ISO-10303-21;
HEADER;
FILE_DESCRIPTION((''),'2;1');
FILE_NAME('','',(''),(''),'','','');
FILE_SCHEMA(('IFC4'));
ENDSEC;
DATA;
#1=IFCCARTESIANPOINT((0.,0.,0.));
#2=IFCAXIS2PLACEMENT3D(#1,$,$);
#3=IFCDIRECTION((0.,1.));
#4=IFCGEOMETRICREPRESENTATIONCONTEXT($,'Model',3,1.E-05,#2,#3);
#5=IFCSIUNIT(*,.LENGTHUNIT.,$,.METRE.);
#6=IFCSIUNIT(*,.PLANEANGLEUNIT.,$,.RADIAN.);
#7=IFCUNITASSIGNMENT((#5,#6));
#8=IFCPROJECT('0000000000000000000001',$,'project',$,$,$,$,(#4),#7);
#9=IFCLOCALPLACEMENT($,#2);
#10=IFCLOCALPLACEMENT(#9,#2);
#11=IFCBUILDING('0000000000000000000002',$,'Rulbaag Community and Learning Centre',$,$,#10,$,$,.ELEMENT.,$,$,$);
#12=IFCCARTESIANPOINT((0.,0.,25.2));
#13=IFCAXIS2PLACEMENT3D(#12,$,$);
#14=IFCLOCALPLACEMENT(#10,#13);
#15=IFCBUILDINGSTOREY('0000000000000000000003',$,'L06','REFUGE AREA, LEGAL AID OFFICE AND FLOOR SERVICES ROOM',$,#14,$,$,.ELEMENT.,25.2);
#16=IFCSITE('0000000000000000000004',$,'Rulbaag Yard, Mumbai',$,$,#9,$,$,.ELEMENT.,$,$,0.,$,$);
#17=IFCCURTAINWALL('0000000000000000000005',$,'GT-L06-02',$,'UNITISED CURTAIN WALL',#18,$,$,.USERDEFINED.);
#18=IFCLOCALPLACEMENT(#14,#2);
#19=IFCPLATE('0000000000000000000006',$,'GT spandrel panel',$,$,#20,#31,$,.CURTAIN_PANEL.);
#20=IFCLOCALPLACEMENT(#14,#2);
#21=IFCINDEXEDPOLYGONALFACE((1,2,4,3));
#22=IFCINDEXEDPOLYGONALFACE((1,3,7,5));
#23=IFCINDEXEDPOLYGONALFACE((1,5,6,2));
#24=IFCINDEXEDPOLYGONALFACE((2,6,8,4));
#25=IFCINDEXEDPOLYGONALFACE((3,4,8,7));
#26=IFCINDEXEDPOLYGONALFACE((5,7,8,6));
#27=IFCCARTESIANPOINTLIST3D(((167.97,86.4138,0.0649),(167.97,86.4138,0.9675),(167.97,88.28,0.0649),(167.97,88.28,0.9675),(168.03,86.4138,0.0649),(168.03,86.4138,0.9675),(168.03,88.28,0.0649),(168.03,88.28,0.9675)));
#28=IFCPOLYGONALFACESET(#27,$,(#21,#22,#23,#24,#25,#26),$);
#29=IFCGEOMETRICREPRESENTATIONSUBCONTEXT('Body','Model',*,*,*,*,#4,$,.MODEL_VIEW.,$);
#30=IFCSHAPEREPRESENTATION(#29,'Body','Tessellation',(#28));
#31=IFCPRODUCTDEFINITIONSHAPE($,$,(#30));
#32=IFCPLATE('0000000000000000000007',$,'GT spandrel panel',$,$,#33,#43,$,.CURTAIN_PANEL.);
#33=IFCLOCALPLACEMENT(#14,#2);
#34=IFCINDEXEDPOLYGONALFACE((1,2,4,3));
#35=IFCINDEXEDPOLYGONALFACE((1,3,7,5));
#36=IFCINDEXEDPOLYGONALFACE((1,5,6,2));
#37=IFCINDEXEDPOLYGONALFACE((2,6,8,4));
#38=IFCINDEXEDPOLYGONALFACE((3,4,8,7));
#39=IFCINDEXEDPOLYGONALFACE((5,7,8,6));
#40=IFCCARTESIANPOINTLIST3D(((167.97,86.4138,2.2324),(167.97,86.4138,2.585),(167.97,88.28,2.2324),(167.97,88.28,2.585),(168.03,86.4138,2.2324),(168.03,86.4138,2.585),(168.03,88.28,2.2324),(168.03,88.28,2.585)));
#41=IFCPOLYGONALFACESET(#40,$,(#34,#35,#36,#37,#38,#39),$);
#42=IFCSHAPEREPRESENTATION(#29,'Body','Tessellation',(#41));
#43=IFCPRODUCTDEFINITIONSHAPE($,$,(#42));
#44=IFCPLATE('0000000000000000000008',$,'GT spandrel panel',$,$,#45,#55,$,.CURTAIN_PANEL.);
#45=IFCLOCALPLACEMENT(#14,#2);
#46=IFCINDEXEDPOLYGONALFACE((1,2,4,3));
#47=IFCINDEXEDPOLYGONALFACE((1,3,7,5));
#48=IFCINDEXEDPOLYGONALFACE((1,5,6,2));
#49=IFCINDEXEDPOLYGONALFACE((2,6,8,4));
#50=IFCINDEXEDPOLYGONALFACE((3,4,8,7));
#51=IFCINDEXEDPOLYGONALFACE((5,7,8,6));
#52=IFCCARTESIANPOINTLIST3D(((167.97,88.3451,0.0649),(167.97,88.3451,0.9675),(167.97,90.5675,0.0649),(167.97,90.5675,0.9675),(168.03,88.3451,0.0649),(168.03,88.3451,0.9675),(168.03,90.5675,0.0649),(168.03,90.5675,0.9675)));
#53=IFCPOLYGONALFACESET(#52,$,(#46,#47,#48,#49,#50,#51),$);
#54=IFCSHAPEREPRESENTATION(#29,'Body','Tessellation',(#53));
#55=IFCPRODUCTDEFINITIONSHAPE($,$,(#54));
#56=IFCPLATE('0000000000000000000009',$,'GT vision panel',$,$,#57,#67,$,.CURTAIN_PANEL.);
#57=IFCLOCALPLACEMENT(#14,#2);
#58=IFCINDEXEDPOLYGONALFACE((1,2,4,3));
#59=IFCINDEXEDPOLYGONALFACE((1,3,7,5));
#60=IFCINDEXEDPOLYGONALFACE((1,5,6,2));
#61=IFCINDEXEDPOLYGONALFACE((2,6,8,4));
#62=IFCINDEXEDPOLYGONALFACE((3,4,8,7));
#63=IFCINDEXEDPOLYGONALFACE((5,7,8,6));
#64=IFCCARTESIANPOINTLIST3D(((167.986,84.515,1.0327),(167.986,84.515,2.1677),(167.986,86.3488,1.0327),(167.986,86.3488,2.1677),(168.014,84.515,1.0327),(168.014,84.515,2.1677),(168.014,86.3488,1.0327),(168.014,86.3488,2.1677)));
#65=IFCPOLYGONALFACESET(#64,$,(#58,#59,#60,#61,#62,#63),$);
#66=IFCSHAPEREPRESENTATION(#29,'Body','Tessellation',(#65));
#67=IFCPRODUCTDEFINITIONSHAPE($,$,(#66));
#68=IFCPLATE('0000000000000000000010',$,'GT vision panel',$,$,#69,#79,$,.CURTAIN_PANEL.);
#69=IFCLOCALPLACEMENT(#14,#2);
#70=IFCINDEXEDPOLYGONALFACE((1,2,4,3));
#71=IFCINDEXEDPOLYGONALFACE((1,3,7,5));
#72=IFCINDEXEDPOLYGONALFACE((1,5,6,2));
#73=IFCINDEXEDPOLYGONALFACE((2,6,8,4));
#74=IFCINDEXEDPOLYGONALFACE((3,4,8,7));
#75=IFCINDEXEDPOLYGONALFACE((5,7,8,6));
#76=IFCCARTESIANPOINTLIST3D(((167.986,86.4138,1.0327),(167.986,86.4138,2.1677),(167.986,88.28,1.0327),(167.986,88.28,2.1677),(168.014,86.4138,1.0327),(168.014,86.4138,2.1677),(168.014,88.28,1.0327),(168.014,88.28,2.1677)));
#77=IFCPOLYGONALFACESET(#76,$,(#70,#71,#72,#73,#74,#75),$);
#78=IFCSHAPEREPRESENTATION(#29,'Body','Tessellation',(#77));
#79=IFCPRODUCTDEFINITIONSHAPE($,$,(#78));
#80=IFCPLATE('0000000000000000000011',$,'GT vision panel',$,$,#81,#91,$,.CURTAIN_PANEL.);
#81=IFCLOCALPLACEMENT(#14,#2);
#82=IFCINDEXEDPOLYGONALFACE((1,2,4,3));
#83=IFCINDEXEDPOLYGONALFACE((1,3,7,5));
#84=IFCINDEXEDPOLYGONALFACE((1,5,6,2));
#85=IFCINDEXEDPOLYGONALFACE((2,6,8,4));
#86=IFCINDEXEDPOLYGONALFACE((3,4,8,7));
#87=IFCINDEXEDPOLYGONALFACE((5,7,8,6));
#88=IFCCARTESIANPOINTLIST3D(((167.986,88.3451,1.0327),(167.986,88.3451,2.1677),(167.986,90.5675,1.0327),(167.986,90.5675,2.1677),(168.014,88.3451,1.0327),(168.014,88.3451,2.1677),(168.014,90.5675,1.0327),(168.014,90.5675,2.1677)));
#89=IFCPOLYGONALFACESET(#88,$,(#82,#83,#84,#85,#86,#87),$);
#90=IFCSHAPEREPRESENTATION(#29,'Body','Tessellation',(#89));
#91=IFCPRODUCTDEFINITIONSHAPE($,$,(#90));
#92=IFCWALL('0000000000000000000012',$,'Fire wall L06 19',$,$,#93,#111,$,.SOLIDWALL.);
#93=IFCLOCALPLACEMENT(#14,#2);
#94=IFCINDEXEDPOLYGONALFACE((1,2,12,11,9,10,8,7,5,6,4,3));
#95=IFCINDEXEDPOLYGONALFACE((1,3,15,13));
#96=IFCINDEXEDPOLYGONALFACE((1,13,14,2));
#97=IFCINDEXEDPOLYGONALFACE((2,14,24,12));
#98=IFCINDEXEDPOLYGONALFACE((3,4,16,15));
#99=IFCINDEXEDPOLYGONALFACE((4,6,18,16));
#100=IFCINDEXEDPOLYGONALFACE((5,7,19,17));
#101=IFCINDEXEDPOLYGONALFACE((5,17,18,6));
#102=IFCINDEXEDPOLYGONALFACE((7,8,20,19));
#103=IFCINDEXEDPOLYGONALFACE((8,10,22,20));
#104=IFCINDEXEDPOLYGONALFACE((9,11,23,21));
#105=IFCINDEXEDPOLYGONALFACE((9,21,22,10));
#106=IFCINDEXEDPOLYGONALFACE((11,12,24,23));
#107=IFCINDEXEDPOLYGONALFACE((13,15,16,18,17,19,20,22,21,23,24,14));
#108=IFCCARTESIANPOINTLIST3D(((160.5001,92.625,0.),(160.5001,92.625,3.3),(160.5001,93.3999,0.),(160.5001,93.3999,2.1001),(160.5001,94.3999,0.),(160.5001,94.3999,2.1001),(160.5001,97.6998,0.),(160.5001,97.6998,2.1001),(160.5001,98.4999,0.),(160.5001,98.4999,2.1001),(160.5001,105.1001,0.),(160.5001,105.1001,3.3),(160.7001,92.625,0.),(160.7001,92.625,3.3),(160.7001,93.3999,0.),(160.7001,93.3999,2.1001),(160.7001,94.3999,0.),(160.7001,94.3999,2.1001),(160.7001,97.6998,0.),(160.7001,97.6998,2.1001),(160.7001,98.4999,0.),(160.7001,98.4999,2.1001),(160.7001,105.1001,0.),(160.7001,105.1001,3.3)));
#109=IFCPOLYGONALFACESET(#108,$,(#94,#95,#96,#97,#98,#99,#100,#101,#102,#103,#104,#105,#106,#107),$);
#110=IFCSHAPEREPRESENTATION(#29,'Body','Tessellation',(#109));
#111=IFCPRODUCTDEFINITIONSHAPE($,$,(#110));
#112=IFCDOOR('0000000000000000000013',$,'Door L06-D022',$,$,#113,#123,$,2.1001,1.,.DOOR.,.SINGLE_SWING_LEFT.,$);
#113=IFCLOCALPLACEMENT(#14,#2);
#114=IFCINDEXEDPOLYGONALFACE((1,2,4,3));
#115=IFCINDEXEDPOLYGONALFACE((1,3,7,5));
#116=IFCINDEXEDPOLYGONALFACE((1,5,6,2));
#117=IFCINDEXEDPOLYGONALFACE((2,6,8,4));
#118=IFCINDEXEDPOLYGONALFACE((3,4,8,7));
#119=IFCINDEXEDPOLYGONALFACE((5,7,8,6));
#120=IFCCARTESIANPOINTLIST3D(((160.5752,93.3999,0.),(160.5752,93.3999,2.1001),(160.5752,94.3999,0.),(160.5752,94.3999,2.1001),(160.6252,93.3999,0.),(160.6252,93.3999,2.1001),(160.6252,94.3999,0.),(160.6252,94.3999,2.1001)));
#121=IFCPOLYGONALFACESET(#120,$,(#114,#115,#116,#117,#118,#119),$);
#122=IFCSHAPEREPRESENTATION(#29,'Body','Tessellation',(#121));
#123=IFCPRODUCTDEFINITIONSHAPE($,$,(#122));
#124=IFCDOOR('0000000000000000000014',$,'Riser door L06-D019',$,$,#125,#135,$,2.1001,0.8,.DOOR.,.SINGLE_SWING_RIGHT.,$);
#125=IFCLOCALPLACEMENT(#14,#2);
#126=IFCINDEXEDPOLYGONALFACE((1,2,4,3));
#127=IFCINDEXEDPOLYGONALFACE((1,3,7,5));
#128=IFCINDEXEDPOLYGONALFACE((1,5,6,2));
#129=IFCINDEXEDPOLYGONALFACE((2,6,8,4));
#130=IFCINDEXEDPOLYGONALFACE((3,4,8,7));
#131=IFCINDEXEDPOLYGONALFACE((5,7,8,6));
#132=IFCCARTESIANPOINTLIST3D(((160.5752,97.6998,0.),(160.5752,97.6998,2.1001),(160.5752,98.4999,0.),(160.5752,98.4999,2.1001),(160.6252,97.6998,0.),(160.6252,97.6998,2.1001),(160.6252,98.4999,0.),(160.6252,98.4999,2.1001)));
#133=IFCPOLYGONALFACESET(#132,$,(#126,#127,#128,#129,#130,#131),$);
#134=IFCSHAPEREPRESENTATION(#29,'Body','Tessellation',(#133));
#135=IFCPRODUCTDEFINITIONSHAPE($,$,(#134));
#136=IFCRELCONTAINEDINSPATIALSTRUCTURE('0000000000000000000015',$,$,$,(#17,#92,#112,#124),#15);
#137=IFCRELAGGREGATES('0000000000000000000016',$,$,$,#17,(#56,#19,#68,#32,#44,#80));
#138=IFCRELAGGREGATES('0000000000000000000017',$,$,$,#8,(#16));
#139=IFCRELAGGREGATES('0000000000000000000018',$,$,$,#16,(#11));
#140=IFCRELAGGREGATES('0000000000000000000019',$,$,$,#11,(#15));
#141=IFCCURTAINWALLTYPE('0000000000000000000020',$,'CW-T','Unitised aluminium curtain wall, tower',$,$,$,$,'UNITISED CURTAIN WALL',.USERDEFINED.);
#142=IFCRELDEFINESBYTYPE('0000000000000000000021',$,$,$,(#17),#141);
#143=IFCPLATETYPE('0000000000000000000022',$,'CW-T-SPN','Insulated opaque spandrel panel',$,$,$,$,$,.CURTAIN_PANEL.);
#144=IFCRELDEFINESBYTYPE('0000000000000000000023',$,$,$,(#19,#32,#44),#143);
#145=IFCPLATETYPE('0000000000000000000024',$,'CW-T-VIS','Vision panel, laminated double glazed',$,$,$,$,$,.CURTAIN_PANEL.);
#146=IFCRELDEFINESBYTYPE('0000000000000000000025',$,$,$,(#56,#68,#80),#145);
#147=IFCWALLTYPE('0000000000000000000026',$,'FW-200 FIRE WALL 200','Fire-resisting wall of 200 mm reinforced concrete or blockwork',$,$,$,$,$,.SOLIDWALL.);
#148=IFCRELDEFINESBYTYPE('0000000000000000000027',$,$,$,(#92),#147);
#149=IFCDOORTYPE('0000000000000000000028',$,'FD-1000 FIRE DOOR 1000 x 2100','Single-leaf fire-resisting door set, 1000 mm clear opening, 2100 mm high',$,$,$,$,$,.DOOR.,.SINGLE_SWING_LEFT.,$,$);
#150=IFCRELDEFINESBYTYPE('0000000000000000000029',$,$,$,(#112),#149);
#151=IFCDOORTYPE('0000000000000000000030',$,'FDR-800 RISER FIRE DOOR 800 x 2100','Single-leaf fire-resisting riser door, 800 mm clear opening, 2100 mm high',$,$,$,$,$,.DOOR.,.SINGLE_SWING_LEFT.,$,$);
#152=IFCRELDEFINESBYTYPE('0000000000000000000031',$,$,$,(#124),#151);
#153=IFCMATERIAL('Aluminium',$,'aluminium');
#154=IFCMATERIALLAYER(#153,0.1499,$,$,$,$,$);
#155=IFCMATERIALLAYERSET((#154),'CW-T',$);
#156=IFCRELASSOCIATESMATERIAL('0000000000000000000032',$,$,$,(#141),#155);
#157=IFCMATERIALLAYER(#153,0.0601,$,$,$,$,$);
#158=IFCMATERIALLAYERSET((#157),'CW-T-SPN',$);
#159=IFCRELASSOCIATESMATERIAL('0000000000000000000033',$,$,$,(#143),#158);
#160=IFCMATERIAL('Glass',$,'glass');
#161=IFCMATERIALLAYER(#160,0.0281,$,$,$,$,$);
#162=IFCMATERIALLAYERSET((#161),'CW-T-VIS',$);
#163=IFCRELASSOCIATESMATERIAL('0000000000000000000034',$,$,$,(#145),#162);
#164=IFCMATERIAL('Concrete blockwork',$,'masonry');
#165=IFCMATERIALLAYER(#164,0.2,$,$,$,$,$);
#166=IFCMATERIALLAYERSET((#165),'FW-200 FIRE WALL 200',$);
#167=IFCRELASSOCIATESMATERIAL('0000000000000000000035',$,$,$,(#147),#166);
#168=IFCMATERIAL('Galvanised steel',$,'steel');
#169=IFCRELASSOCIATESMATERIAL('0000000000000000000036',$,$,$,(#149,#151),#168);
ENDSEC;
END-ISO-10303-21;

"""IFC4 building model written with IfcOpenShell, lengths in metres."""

from ifc_helpers import new_model, si_unit, direction, frame, frame_2d, origin, origin_2d, place, context, subcontext, project, spatial, rectangle, extrude, material, layer, layer_set, type_object, element, fill, aggregate, save


model = new_model("IFC4")

# Units and contexts
model_context = context("Model", 3, precision=1e-05, world=origin(), true_north=direction((0.0, 1.0)))
body_context = subcontext(model_context, "Body", "Model", "MODEL_VIEW")
ifc_project = project(units=[si_unit("LENGTHUNIT", "METRE"), si_unit("PLANEANGLEUNIT", "RADIAN")], contexts=[model_context])

# Site, building, storey
site_placement = place(None, origin())
site = spatial("IfcSite", under=ifc_project, at=site_placement, Name="Rulbaag Yard, Mumbai", CompositionType="ELEMENT", RefElevation=0.0)
building_placement = place(site_placement, origin())
building = spatial("IfcBuilding", under=site, at=building_placement, Name="Rulbaag Community and Learning Centre", CompositionType="ELEMENT")
storey_placement = place(building_placement, frame((0.0, 0.0, 25.2)))
storey = spatial("IfcBuildingStorey", under=building, at=storey_placement, Name="L06", Description="REFUGE AREA, LEGAL AID OFFICE AND FLOOR SERVICES ROOM", CompositionType="ELEMENT", Elevation=25.2)

# Curtain wall, plates
ifc_material_1 = material(Name="Aluminium", Category="aluminium")
ifc_layer_1 = layer(ifc_material_1, 0.1499)
ifc_layer_set_1 = layer_set([ifc_layer_1], Name="CW-T")
curtain_wall_type = type_object("IfcCurtainWallType", Name="CW-T", Description="Unitised aluminium curtain wall, tower", ElementType="UNITISED CURTAIN WALL", PredefinedType="USERDEFINED", material=ifc_layer_set_1)
curtain_wall_placement = place(storey_placement, origin())
curtain_wall = element("IfcCurtainWall", 1, at=curtain_wall_placement, inside=storey, type_object=curtain_wall_type, Name="GT-L06-02", ObjectType="UNITISED CURTAIN WALL", PredefinedType="USERDEFINED")
ifc_layer_2 = layer(ifc_material_1, 0.0601)
ifc_layer_set_2 = layer_set([ifc_layer_2], Name="CW-T-SPN")
plate_type_1 = type_object("IfcPlateType", Name="CW-T-SPN", Description="Insulated opaque spandrel panel", PredefinedType="CURTAIN_PANEL", material=ifc_layer_set_2)
plate_1_placement = place(storey_placement, frame((168.0, 87.3469, 0.0649), z_axis=(0.0, 0.0, 1.0), x_axis=(0.0, 1.0, 0.0)))
plate_1 = element("IfcPlate", 2, at=plate_1_placement, type_object=plate_type_1, Name="GT spandrel panel", PredefinedType="CURTAIN_PANEL", context=body_context, shape_type="SweptSolid", body=[
    extrude(rectangle(XDim=1.8662, YDim=0.0601, at=origin_2d()), origin(), (0.0, 0.0, 1.0), 0.9026),
])
plate_2_placement = place(storey_placement, frame((168.0, 87.3469, 2.2324), z_axis=(0.0, 0.0, 1.0), x_axis=(0.0, 1.0, 0.0)))
plate_2 = element("IfcPlate", 3, at=plate_2_placement, type_object=plate_type_1, Name="GT spandrel panel", PredefinedType="CURTAIN_PANEL", context=body_context, shape_type="SweptSolid", body=[
    extrude(rectangle(XDim=1.8662, YDim=0.0601, at=origin_2d()), origin(), (0.0, 0.0, 1.0), 0.3525),
])
plate_3_placement = place(storey_placement, frame((168.0, 89.4563, 0.0649), z_axis=(0.0, 0.0, 1.0), x_axis=(0.0, 1.0, 0.0)))
plate_3 = element("IfcPlate", 4, at=plate_3_placement, type_object=plate_type_1, Name="GT spandrel panel", PredefinedType="CURTAIN_PANEL", context=body_context, shape_type="SweptSolid", body=[
    extrude(rectangle(XDim=2.2224, YDim=0.0601, at=origin_2d()), origin(), (0.0, 0.0, 1.0), 0.9026),
])
ifc_material_2 = material(Name="Glass", Category="glass")
ifc_layer_3 = layer(ifc_material_2, 0.0281)
ifc_layer_set_3 = layer_set([ifc_layer_3], Name="CW-T-VIS")
plate_type_2 = type_object("IfcPlateType", Name="CW-T-VIS", Description="Vision panel, laminated double glazed", PredefinedType="CURTAIN_PANEL", material=ifc_layer_set_3)
plate_4_placement = place(storey_placement, frame((168.0, 85.4319, 1.0327), z_axis=(0.0, 0.0, 1.0), x_axis=(0.0, 1.0, 0.0)))
plate_4 = element("IfcPlate", 5, at=plate_4_placement, type_object=plate_type_2, Name="GT vision panel", PredefinedType="CURTAIN_PANEL", context=body_context, shape_type="SweptSolid", body=[
    extrude(rectangle(XDim=1.8337, YDim=0.0281, at=origin_2d()), origin(), (0.0, 0.0, 1.0), 1.135),
])
plate_5_placement = place(storey_placement, frame((168.0, 87.3469, 1.0327), z_axis=(0.0, 0.0, 1.0), x_axis=(0.0, 1.0, 0.0)))
plate_5 = element("IfcPlate", 6, at=plate_5_placement, type_object=plate_type_2, Name="GT vision panel", PredefinedType="CURTAIN_PANEL", context=body_context, shape_type="SweptSolid", body=[
    extrude(rectangle(XDim=1.8662, YDim=0.0281, at=origin_2d()), origin(), (0.0, 0.0, 1.0), 1.135),
])
plate_6_placement = place(storey_placement, frame((168.0, 89.4563, 1.0327), z_axis=(0.0, 0.0, 1.0), x_axis=(0.0, 1.0, 0.0)))
plate_6 = element("IfcPlate", 7, at=plate_6_placement, type_object=plate_type_2, Name="GT vision panel", PredefinedType="CURTAIN_PANEL", context=body_context, shape_type="SweptSolid", body=[
    extrude(rectangle(XDim=2.2224, YDim=0.0281, at=origin_2d()), origin(), (0.0, 0.0, 1.0), 1.135),
])
aggregate(curtain_wall, [plate_4, plate_1, plate_5, plate_2, plate_3, plate_6])

# Wall, openings, doors
ifc_material_3 = material(Name="Concrete blockwork", Category="masonry")
ifc_layer_4 = layer(ifc_material_3, 0.2)
ifc_layer_set_4 = layer_set([ifc_layer_4], Name="FW-200 FIRE WALL 200")
wall_type_1 = type_object("IfcWallType", Name="FW-200 FIRE WALL 200", Description="Fire-resisting wall of 200 mm reinforced concrete or blockwork", PredefinedType="SOLIDWALL", material=ifc_layer_set_4)
wall_1_placement = place(storey_placement, frame((160.6001, 92.625, 0.0), z_axis=(0.0, 0.0, 1.0), x_axis=(0.0, 1.0, 0.0)))
wall_1 = element("IfcWall", 8, at=wall_1_placement, inside=storey, type_object=wall_type_1, Name="Fire wall L06 19", PredefinedType="SOLIDWALL", context=body_context, shape_type="SweptSolid", body=[
    extrude(rectangle(XDim=12.4751, YDim=0.2, at=frame_2d((6.2375, 0.0))), origin(), (0.0, 0.0, 1.0), 3.3),
])
opening_1_placement = place(wall_1_placement, frame((5.075, 0.0, 0.0)))
opening_1 = element("IfcOpeningElement", 9, at=opening_1_placement, cuts=wall_1, PredefinedType="OPENING", context=body_context, shape_type="SweptSolid", body=[
    extrude(rectangle(XDim=0.8, YDim=2.1001, at=frame_2d((0.3999, 1.05))), frame((0.0, 0.1099, 0.0), z_axis=(0.0, -1.0, 0.0), x_axis=(1.0, 0.0, 0.0)), (0.0, 0.0, 1.0), 0.22),
])
opening_2_placement = place(wall_1_placement, frame((0.7749, 0.0, 0.0)))
opening_2 = element("IfcOpeningElement", 10, at=opening_2_placement, cuts=wall_1, PredefinedType="OPENING", context=body_context, shape_type="SweptSolid", body=[
    extrude(rectangle(XDim=1.0, YDim=2.1001, at=frame_2d((0.5, 1.05))), frame((0.0, 0.1099, 0.0), z_axis=(0.0, -1.0, 0.0), x_axis=(1.0, 0.0, 0.0)), (0.0, 0.0, 1.0), 0.22),
])
ifc_material_4 = material(Name="Galvanised steel", Category="steel")
door_type_1 = type_object("IfcDoorType", Name="FD-1000 FIRE DOOR 1000 x 2100", Description="Single-leaf fire-resisting door set, 1000 mm clear opening, 2100 mm high", OperationType="SINGLE_SWING_LEFT", PredefinedType="DOOR", material=ifc_material_4)
door_1_placement = place(opening_2_placement, origin())
door_1 = element("IfcDoor", 11, at=door_1_placement, inside=storey, type_object=door_type_1, Name="Door L06-D022", OperationType="SINGLE_SWING_LEFT", OverallHeight=2.1001, OverallWidth=1.0, PredefinedType="DOOR", context=body_context, shape_type="SweptSolid", body=[
    extrude(rectangle(XDim=1.0, YDim=2.1001, at=frame_2d((0.5, 1.05))), frame((0.0, 0.0249, 0.0), z_axis=(0.0, -1.0, 0.0), x_axis=(1.0, 0.0, 0.0)), (0.0, 0.0, 1.0), 0.05),
])
fill(opening_2, door_1)
door_type_2 = type_object("IfcDoorType", Name="FDR-800 RISER FIRE DOOR 800 x 2100", Description="Single-leaf fire-resisting riser door, 800 mm clear opening, 2100 mm high", OperationType="SINGLE_SWING_LEFT", PredefinedType="DOOR", material=ifc_material_4)
door_2_placement = place(opening_1_placement, origin())
door_2 = element("IfcDoor", 12, at=door_2_placement, inside=storey, type_object=door_type_2, Name="Riser door L06-D019", OperationType="SINGLE_SWING_RIGHT", OverallHeight=2.1001, OverallWidth=0.8, PredefinedType="DOOR", context=body_context, shape_type="SweptSolid", body=[
    extrude(rectangle(XDim=0.8, YDim=2.1001, at=frame_2d((0.3999, 1.05))), frame((0.0, 0.0249, 0.0), z_axis=(0.0, -1.0, 0.0), x_axis=(1.0, 0.0, 0.0)), (0.0, 0.0, 1.0), 0.05),
])
fill(opening_1, door_2)

save(model, "model.ifc")
